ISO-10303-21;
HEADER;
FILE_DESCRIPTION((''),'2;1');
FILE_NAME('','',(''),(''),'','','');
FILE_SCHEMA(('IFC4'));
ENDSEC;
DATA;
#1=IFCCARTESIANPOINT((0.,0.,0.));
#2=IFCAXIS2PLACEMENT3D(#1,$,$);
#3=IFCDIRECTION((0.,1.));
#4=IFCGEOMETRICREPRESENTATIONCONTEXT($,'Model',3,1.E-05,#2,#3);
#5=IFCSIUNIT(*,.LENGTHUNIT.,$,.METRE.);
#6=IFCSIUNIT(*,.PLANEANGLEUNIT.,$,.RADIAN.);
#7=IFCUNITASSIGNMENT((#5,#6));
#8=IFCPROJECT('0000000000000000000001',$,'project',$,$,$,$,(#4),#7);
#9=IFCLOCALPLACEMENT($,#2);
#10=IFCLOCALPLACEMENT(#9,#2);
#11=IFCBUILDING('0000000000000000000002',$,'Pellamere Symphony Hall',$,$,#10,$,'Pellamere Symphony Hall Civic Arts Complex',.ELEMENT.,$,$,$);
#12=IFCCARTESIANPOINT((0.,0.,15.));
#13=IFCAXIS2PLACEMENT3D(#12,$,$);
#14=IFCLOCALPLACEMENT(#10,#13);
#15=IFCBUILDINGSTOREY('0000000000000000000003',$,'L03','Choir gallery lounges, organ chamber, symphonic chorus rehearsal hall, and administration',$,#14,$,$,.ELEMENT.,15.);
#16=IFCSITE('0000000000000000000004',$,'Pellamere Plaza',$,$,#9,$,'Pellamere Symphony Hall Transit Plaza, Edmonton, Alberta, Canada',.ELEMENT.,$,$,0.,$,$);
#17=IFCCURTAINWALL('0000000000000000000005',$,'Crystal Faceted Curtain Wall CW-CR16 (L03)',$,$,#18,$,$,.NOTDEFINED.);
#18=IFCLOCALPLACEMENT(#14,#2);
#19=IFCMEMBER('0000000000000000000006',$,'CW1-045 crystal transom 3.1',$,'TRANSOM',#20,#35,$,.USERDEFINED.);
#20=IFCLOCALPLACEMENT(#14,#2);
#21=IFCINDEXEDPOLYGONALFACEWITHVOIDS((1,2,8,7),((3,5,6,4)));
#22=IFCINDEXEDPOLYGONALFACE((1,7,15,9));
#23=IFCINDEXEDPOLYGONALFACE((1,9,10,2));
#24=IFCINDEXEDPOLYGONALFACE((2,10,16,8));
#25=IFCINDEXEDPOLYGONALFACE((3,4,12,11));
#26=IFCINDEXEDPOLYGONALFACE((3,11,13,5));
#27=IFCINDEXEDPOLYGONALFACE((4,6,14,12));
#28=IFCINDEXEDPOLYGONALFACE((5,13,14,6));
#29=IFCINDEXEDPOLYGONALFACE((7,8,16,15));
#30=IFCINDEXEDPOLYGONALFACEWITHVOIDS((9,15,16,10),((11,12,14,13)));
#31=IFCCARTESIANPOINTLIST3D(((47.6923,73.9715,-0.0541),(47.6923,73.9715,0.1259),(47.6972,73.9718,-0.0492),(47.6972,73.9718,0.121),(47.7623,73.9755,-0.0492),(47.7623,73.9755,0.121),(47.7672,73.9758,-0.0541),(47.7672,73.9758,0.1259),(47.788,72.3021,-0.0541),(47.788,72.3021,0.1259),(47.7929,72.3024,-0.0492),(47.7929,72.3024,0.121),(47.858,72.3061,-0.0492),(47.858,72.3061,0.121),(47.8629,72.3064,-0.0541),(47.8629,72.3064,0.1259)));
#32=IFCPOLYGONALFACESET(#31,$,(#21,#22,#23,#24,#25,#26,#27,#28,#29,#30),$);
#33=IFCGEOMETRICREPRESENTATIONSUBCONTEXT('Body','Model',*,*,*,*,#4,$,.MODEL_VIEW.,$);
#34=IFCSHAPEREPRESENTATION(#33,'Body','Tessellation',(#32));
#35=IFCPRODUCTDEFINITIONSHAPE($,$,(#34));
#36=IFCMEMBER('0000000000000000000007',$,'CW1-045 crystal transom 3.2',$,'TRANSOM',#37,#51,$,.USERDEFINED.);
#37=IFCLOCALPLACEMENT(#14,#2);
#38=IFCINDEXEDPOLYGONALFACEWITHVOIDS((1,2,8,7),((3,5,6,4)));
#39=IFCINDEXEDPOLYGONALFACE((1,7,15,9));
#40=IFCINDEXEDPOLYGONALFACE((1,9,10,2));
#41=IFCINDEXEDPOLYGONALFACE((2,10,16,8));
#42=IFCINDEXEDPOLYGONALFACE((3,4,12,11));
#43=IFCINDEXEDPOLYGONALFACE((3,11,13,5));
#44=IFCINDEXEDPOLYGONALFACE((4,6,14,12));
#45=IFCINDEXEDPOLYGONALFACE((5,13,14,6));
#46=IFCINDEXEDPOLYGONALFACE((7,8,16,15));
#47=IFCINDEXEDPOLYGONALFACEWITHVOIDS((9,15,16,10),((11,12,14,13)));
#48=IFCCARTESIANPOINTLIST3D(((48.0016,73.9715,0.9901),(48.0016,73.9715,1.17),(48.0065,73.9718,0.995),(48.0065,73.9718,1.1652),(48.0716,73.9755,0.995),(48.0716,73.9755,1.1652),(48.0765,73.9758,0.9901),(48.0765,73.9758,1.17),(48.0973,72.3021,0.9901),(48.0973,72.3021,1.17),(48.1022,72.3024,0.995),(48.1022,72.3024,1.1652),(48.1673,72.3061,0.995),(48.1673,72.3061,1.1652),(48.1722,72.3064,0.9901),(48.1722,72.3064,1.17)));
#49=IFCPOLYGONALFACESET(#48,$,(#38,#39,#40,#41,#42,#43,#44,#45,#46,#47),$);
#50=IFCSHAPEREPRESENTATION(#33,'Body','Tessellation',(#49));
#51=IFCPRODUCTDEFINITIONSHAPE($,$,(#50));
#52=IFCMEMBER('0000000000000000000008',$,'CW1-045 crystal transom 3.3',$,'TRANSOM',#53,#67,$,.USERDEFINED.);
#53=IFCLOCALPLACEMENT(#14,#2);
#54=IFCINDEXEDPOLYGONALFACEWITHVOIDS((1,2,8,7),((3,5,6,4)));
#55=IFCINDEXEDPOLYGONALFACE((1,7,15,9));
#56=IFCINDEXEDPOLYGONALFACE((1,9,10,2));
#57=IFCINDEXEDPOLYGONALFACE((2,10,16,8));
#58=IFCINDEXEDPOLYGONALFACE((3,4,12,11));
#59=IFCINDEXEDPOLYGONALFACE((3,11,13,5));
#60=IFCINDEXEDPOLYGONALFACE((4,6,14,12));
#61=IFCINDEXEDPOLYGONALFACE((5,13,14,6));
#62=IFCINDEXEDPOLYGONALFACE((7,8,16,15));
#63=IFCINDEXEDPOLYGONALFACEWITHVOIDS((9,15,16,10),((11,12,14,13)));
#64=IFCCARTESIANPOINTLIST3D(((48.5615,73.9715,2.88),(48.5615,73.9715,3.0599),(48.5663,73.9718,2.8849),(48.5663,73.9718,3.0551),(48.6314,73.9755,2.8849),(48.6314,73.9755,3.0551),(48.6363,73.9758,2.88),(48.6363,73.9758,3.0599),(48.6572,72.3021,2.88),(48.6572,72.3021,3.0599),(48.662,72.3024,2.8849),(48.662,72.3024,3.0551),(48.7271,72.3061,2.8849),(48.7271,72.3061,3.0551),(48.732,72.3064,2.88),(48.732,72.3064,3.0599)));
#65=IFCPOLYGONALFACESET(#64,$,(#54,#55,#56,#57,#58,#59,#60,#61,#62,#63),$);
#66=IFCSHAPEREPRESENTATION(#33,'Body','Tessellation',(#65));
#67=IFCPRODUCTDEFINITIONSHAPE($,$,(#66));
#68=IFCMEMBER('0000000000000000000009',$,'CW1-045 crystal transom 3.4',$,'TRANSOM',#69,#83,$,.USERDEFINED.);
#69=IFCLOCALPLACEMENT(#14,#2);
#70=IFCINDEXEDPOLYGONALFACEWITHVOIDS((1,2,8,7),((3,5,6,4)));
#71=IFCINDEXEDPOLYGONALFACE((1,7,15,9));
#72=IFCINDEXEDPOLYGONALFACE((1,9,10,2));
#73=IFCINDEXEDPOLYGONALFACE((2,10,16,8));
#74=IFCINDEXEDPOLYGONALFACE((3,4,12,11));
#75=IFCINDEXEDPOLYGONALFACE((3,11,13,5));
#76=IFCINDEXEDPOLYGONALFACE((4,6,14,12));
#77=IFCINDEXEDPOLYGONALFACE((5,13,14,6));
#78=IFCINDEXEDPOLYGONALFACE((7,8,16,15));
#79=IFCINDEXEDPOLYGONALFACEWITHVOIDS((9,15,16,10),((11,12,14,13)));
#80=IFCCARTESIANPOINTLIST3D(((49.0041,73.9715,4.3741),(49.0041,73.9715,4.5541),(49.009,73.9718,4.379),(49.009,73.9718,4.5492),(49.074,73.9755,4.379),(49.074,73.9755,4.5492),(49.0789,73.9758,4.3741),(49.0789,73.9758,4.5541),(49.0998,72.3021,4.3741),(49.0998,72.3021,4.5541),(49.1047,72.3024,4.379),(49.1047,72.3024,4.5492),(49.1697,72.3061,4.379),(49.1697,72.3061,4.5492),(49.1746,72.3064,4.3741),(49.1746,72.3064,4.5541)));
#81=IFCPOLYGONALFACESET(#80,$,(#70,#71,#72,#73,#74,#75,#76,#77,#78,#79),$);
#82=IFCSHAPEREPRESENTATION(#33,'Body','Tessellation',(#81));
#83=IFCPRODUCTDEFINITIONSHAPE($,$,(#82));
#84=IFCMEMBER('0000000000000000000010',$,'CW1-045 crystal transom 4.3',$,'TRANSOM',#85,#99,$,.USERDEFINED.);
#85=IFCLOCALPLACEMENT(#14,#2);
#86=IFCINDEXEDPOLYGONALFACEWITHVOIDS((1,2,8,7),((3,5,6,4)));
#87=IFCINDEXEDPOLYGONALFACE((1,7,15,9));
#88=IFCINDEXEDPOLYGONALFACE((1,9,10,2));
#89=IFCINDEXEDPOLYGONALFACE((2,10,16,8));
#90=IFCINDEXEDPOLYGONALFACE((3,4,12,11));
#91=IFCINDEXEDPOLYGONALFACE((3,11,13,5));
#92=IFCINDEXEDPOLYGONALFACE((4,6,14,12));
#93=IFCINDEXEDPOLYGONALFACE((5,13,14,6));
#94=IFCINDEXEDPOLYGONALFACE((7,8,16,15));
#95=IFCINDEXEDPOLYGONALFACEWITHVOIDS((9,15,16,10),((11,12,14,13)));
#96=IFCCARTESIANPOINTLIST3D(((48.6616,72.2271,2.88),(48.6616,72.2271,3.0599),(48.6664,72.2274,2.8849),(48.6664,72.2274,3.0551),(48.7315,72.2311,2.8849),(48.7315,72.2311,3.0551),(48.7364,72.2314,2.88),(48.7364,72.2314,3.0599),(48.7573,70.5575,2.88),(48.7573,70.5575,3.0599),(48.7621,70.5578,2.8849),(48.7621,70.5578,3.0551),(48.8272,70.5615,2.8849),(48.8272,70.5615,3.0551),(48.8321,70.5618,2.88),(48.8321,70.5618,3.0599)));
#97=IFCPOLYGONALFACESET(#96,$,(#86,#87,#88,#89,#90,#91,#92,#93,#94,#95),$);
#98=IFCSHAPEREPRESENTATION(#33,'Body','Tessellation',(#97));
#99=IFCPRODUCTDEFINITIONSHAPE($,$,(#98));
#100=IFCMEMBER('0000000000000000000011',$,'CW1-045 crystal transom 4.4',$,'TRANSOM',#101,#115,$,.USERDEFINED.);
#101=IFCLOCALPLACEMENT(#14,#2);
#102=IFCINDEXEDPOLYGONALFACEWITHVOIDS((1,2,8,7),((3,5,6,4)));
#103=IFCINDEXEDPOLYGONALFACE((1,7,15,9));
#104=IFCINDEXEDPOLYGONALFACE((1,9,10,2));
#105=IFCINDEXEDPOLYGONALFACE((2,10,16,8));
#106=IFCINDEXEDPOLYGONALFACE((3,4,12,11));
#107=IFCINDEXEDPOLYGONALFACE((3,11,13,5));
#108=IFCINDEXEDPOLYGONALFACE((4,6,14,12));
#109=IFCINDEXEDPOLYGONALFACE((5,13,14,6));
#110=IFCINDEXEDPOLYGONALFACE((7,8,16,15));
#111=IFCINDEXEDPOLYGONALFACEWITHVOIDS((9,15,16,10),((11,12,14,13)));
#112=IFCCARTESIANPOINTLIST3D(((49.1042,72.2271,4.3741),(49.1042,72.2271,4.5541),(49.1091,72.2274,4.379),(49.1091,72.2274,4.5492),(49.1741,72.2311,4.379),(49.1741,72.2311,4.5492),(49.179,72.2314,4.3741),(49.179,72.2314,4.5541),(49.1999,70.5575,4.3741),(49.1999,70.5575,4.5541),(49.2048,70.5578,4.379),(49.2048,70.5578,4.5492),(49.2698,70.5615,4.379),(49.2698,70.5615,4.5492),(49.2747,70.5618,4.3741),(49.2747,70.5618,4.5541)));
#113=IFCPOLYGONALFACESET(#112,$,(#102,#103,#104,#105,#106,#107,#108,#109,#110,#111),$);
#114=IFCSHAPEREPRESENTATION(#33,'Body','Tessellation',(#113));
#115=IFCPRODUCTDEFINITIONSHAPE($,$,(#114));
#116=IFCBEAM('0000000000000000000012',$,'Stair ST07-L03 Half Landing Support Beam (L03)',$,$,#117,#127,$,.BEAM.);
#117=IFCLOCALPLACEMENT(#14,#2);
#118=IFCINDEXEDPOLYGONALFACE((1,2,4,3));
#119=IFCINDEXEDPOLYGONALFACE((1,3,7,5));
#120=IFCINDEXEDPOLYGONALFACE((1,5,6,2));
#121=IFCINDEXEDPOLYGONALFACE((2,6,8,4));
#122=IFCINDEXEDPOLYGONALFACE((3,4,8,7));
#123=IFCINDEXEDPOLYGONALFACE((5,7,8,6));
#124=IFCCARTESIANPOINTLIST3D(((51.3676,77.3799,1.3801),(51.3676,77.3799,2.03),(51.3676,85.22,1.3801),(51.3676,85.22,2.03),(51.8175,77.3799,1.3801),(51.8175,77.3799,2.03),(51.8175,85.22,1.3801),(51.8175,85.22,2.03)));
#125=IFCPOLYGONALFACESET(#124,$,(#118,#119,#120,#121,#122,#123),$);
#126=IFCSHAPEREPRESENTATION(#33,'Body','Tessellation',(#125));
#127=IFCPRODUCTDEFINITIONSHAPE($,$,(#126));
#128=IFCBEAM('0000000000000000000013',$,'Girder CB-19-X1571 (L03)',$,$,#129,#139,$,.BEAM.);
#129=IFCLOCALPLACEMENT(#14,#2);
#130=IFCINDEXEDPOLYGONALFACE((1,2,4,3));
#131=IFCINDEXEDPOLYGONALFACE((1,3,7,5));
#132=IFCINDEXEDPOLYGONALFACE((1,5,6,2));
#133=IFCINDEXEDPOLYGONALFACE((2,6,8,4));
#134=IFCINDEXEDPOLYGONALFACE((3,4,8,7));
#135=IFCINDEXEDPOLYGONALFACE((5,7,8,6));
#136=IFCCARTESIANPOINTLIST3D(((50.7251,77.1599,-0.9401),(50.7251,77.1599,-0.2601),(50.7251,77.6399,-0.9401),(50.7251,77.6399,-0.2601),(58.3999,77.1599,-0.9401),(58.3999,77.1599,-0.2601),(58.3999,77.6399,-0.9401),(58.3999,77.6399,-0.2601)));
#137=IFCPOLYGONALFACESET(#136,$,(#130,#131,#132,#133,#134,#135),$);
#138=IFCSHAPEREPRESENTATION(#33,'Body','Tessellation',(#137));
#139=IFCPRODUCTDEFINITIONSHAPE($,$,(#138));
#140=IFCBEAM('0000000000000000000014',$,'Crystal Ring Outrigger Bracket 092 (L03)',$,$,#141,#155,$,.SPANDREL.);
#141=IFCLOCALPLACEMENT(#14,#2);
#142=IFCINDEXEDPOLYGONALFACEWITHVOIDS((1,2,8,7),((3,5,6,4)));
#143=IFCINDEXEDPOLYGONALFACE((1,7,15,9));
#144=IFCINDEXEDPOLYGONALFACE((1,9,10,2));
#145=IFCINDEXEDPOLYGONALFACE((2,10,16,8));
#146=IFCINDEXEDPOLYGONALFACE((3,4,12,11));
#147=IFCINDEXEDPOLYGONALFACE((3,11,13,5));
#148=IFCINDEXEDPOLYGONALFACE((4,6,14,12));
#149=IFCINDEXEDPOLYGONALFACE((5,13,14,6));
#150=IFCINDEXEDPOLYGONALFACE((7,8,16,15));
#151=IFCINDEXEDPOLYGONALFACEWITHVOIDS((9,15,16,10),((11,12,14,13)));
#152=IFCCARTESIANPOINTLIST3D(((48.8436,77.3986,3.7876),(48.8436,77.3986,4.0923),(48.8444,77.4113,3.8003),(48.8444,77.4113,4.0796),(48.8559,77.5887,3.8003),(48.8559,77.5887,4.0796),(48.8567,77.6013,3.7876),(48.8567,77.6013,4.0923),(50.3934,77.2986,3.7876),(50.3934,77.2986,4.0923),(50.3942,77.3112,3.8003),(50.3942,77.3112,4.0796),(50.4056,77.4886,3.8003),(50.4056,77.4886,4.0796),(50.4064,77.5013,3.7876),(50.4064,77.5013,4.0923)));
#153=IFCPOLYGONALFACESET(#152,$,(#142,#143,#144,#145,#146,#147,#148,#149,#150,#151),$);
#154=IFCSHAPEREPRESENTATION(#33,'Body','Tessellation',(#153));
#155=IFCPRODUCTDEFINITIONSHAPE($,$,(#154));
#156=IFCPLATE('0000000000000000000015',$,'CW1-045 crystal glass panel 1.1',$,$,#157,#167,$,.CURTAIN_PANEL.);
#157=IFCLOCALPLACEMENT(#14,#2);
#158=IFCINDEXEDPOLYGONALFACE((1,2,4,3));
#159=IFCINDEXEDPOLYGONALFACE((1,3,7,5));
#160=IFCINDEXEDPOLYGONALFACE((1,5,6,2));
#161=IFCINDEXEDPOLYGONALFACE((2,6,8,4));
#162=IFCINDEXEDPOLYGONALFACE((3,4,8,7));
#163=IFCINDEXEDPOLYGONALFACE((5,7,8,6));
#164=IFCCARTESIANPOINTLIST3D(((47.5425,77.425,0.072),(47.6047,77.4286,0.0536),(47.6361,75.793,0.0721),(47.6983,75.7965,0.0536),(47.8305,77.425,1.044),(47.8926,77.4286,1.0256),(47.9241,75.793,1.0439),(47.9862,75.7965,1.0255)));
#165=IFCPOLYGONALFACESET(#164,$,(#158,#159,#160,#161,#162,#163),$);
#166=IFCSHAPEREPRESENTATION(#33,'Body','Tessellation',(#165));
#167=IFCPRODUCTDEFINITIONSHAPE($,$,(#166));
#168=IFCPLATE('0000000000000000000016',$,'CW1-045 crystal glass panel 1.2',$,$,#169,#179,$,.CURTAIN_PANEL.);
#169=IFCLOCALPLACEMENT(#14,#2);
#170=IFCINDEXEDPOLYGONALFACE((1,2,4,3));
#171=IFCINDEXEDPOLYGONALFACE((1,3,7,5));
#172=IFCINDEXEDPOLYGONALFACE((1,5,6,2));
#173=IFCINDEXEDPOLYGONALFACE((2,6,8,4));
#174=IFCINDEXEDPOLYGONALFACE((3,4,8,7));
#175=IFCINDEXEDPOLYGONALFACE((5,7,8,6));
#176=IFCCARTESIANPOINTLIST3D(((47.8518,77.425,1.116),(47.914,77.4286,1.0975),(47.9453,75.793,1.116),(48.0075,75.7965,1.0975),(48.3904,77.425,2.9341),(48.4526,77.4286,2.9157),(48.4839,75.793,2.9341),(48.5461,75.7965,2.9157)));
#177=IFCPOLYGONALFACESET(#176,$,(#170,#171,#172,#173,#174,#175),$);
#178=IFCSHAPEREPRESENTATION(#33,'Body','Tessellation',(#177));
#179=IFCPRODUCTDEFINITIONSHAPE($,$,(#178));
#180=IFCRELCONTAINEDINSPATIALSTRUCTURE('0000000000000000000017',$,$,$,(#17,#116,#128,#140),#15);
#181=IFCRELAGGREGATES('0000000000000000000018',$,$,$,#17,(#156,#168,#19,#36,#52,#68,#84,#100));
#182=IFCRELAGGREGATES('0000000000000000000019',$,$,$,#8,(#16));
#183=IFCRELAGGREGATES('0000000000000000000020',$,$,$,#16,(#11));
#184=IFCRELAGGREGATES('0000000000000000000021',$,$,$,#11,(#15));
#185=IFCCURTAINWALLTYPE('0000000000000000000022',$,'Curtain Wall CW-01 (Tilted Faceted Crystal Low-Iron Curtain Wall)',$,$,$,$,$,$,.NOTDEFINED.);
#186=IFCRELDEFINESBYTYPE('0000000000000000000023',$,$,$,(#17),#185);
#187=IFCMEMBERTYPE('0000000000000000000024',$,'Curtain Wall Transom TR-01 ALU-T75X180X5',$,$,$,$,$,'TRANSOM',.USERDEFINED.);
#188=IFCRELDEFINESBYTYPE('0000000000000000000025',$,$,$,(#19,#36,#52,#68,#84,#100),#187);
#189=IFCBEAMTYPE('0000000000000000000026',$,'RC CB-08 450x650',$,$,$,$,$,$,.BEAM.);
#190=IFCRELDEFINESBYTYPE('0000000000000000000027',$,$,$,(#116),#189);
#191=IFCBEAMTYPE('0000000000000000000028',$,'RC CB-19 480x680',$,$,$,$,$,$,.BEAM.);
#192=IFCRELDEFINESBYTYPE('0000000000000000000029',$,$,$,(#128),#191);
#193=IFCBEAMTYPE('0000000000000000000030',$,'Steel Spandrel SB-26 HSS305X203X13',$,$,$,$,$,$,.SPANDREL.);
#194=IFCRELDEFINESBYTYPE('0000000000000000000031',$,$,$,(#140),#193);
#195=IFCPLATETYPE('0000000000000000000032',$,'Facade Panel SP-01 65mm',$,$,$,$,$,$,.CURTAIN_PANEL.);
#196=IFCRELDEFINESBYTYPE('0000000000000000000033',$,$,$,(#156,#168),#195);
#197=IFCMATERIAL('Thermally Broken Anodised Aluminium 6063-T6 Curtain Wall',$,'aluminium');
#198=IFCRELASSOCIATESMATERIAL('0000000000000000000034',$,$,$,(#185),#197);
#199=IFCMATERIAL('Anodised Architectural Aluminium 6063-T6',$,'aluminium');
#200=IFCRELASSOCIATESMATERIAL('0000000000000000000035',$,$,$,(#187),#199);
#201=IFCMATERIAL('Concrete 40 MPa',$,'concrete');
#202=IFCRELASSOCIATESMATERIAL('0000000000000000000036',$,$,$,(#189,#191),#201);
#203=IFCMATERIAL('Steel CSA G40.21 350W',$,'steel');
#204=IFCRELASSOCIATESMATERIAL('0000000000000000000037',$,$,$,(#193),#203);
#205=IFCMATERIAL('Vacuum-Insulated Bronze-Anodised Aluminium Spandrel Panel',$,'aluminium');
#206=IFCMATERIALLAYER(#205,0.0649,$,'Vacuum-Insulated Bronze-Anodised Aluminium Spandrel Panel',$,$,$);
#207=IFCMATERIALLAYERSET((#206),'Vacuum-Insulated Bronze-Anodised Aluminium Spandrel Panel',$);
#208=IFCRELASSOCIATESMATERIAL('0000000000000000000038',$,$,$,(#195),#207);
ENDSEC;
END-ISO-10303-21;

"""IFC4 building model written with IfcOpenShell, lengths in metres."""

from ifc_helpers import new_model, si_unit, direction, frame, origin, origin_2d, place, context, subcontext, project, spatial, polyline, rectangle, hollow_rectangle, outline, extrude, material, layer, layer_set, material_profile, profile_set, type_object, element, aggregate, save


model = new_model("IFC4")

# Units and contexts
model_context = context("Model", 3, precision=1e-05, world=origin(), true_north=direction((0.0, 1.0)))
body_context = subcontext(model_context, "Body", "Model", "MODEL_VIEW")
ifc_project = project(units=[si_unit("LENGTHUNIT", "METRE"), si_unit("PLANEANGLEUNIT", "RADIAN")], contexts=[model_context])

# Site, building, storey
site_placement = place(None, origin())
site = spatial("IfcSite", under=ifc_project, at=site_placement, Name="Pellamere Plaza", LongName="Pellamere Symphony Hall Transit Plaza, Edmonton, Alberta, Canada", CompositionType="ELEMENT", RefElevation=0.0)
building_placement = place(site_placement, origin())
building = spatial("IfcBuilding", under=site, at=building_placement, Name="Pellamere Symphony Hall", LongName="Pellamere Symphony Hall Civic Arts Complex", CompositionType="ELEMENT")
storey_placement = place(building_placement, frame((0.0, 0.0, 15.0)))
storey = spatial("IfcBuildingStorey", under=building, at=storey_placement, Name="L03", Description="Choir gallery lounges, organ chamber, symphonic chorus rehearsal hall, and administration", CompositionType="ELEMENT", Elevation=15.0)

# Shared definitions
ifc_material_1 = material(Name="Concrete 40 MPa", Category="concrete")

# Curtain wall, members
ifc_material_2 = material(Name="Thermally Broken Anodised Aluminium 6063-T6 Curtain Wall", Category="aluminium")
curtain_wall_type = type_object("IfcCurtainWallType", Name="Curtain Wall CW-01 (Tilted Faceted Crystal Low-Iron Curtain Wall)", PredefinedType="NOTDEFINED", material=ifc_material_2)
curtain_wall_placement = place(storey_placement, origin())
curtain_wall = element("IfcCurtainWall", 1, at=curtain_wall_placement, inside=storey, type_object=curtain_wall_type, Name="Crystal Faceted Curtain Wall CW-CR16 (L03)", PredefinedType="NOTDEFINED")
ifc_material_3 = material(Name="Anodised Architectural Aluminium 6063-T6", Category="aluminium")
ifc_material_profile_1 = material_profile(ifc_material_3, hollow_rectangle(XDim=0.075, YDim=0.1799, WallThickness=0.0049, at=origin_2d()), Name="ALU-T75X180X5")
ifc_profile_set_1 = profile_set([ifc_material_profile_1], Name="Anodised Architectural Aluminium 6063-T6")
member_type_1 = type_object("IfcMemberType", Name="Curtain Wall Transom TR-01 ALU-T75X180X5", ElementType="TRANSOM", PredefinedType="USERDEFINED", material=ifc_profile_set_1)
member_1_placement = place(storey_placement, frame((47.7297, 73.9736, 0.0359), z_axis=(0.057233, -0.998361, 0.0), x_axis=(0.998361, 0.057233, 0.0)))
member_1 = element("IfcMember", 2, at=member_1_placement, type_object=member_type_1, Name="CW1-045 crystal transom 3.1", ObjectType="TRANSOM", PredefinedType="USERDEFINED", context=body_context, shape_type="SweptSolid", body=[
    extrude(hollow_rectangle(XDim=0.075, YDim=0.1799, WallThickness=0.0049, at=origin_2d()), origin(), (0.0, 0.0, 1.0), 1.6721),
])
member_2_placement = place(storey_placement, frame((48.0391, 73.9736, 1.0801), z_axis=(0.057233, -0.998361, 0.0), x_axis=(0.998361, 0.057233, 0.0)))
member_2 = element("IfcMember", 3, at=member_2_placement, type_object=member_type_1, Name="CW1-045 crystal transom 3.2", ObjectType="TRANSOM", PredefinedType="USERDEFINED", context=body_context, shape_type="SweptSolid", body=[
    extrude(hollow_rectangle(XDim=0.075, YDim=0.1799, WallThickness=0.0049, at=origin_2d()), origin(), (0.0, 0.0, 1.0), 1.6721),
])
member_3_placement = place(storey_placement, frame((48.5989, 73.9736, 2.97), z_axis=(0.057233, -0.998361, 0.0), x_axis=(0.998361, 0.057233, 0.0)))
member_3 = element("IfcMember", 4, at=member_3_placement, type_object=member_type_1, Name="CW1-045 crystal transom 3.3", ObjectType="TRANSOM", PredefinedType="USERDEFINED", context=body_context, shape_type="SweptSolid", body=[
    extrude(hollow_rectangle(XDim=0.075, YDim=0.1799, WallThickness=0.0049, at=origin_2d()), origin(), (0.0, 0.0, 1.0), 1.6721),
])
member_4_placement = place(storey_placement, frame((49.0415, 73.9736, 4.4641), z_axis=(0.057233, -0.998361, 0.0), x_axis=(0.998361, 0.057233, 0.0)))
member_4 = element("IfcMember", 5, at=member_4_placement, type_object=member_type_1, Name="CW1-045 crystal transom 3.4", ObjectType="TRANSOM", PredefinedType="USERDEFINED", context=body_context, shape_type="SweptSolid", body=[
    extrude(hollow_rectangle(XDim=0.075, YDim=0.1799, WallThickness=0.0049, at=origin_2d()), origin(), (0.0, 0.0, 1.0), 1.6721),
])
member_5_placement = place(storey_placement, frame((48.699, 72.2292, 2.97), z_axis=(0.057224, -0.998361, 0.0), x_axis=(0.998361, 0.057224, 0.0)))
member_5 = element("IfcMember", 6, at=member_5_placement, type_object=member_type_1, Name="CW1-045 crystal transom 4.3", ObjectType="TRANSOM", PredefinedType="USERDEFINED", context=body_context, shape_type="SweptSolid", body=[
    extrude(hollow_rectangle(XDim=0.075, YDim=0.1799, WallThickness=0.0049, at=origin_2d()), origin(), (0.0, 0.0, 1.0), 1.6724),
])
member_6_placement = place(storey_placement, frame((49.1416, 72.2292, 4.4641), z_axis=(0.057224, -0.998361, 0.0), x_axis=(0.998361, 0.057224, 0.0)))
member_6 = element("IfcMember", 7, at=member_6_placement, type_object=member_type_1, Name="CW1-045 crystal transom 4.4", ObjectType="TRANSOM", PredefinedType="USERDEFINED", context=body_context, shape_type="SweptSolid", body=[
    extrude(hollow_rectangle(XDim=0.075, YDim=0.1799, WallThickness=0.0049, at=origin_2d()), origin(), (0.0, 0.0, 1.0), 1.6724),
])

# Beams
ifc_material_profile_2 = material_profile(ifc_material_1, rectangle(XDim=0.45, YDim=0.6499, at=origin_2d()), Name="RC 450x650")
ifc_profile_set_2 = profile_set([ifc_material_profile_2], Name="Concrete 40 MPa")
beam_type_1 = type_object("IfcBeamType", Name="RC CB-08 450x650", PredefinedType="BEAM", material=ifc_profile_set_2)
beam_1_placement = place(storey_placement, frame((51.5925, 77.3799, 1.7051), z_axis=(0.0, 1.0, 0.0), x_axis=(-1.0, 0.0, 0.0)))
element("IfcBeam", 8, at=beam_1_placement, inside=storey, type_object=beam_type_1, Name="Stair ST07-L03 Half Landing Support Beam (L03)", PredefinedType="BEAM", context=body_context, shape_type="SweptSolid", body=[
    extrude(rectangle(XDim=0.45, YDim=0.6499, at=origin_2d()), origin(), (0.0, 0.0, 1.0), 7.8401),
])
ifc_material_profile_3 = material_profile(ifc_material_1, rectangle(XDim=0.48, YDim=0.6799, at=origin_2d()), Name="RC 480x680")
ifc_profile_set_3 = profile_set([ifc_material_profile_3], Name="Concrete 40 MPa")
beam_type_2 = type_object("IfcBeamType", Name="RC CB-19 480x680", PredefinedType="BEAM", material=ifc_profile_set_3)
beam_2_placement = place(storey_placement, frame((50.7251, 77.3999, -0.6001), z_axis=(1.0, 0.0, 0.0), x_axis=(0.0, 1.0, 0.0)))
element("IfcBeam", 9, at=beam_2_placement, inside=storey, type_object=beam_type_2, Name="Girder CB-19-X1571 (L03)", PredefinedType="BEAM", context=body_context, shape_type="SweptSolid", body=[
    extrude(rectangle(XDim=0.48, YDim=0.6799, at=origin_2d()), origin(), (0.0, 0.0, 1.0), 7.6748),
])
ifc_material_4 = material(Name="Steel CSA G40.21 350W", Category="steel")
ifc_material_profile_4 = material_profile(ifc_material_4, hollow_rectangle(XDim=0.2031, YDim=0.3047, WallThickness=0.0127, at=origin_2d()), Name="HSS305X203X13")
ifc_profile_set_4 = profile_set([ifc_material_profile_4], Name="Steel CSA G40.21 350W")
beam_type_3 = type_object("IfcBeamType", Name="Steel Spandrel SB-26 HSS305X203X13", PredefinedType="SPANDREL", material=ifc_profile_set_4)
beam_3_placement = place(storey_placement, frame((50.3999, 77.3999, 3.9399), z_axis=(-0.997921, 0.064453, 0.0), x_axis=(-0.064453, -0.997921, 0.0)))
element("IfcBeam", 10, at=beam_3_placement, inside=storey, type_object=beam_type_3, Name="Crystal Ring Outrigger Bracket 092 (L03)", PredefinedType="SPANDREL", context=body_context, shape_type="SweptSolid", body=[
    extrude(hollow_rectangle(XDim=0.2031, YDim=0.3047, WallThickness=0.0127, at=origin_2d()), origin(), (0.0, 0.0, 1.0), 1.553),
])

# Plates
ifc_material_5 = material(Name="Vacuum-Insulated Bronze-Anodised Aluminium Spandrel Panel", Category="aluminium")
ifc_layer_1 = layer(ifc_material_5, 0.0649, Name="Vacuum-Insulated Bronze-Anodised Aluminium Spandrel Panel")
ifc_layer_set_1 = layer_set([ifc_layer_1], Name="Vacuum-Insulated Bronze-Anodised Aluminium Spandrel Panel")
plate_type_1 = type_object("IfcPlateType", Name="Facade Panel SP-01 65mm", PredefinedType="CURTAIN_PANEL", material=ifc_layer_set_1)
plate_1_placement = place(storey_placement, frame((47.5425, 77.425, 0.072), z_axis=(-0.957355, -0.054921, 0.283647), x_axis=(0.057279, -0.998358, 0.00002)))
plate_1 = element("IfcPlate", 11, at=plate_1_placement, type_object=plate_type_1, Name="CW1-045 crystal glass panel 1.1", PredefinedType="CURTAIN_PANEL", context=body_context, shape_type="SweptSolid", body=[
    extrude(outline(polyline([(0.0, 0.0), (1.6348, 0.0), (1.6513, 1.0135), (0.0165, 1.0136), (0.0, 0.0)])), origin(), (0.0, 0.0, -1.0), 0.0649),
])
plate_2_placement = place(storey_placement, frame((47.8518, 77.425, 1.116), z_axis=(-0.957373, -0.05485, 0.283599), x_axis=(0.057199, -0.998363, 0.0)))
plate_2 = element("IfcPlate", 12, at=plate_2_placement, type_object=plate_type_1, Name="CW1-045 crystal glass panel 1.2", PredefinedType="CURTAIN_PANEL", context=body_context, shape_type="SweptSolid", body=[
    extrude(outline(polyline([(0.0, 0.0), (1.6348, 0.0), (1.6656, 1.896), (0.0308, 1.896), (0.0, 0.0)])), origin(), (0.0, 0.0, -1.0), 0.0649),
])
aggregate(curtain_wall, [plate_1, plate_2, member_1, member_2, member_3, member_4, member_5, member_6])

save(model, "model.ifc")
